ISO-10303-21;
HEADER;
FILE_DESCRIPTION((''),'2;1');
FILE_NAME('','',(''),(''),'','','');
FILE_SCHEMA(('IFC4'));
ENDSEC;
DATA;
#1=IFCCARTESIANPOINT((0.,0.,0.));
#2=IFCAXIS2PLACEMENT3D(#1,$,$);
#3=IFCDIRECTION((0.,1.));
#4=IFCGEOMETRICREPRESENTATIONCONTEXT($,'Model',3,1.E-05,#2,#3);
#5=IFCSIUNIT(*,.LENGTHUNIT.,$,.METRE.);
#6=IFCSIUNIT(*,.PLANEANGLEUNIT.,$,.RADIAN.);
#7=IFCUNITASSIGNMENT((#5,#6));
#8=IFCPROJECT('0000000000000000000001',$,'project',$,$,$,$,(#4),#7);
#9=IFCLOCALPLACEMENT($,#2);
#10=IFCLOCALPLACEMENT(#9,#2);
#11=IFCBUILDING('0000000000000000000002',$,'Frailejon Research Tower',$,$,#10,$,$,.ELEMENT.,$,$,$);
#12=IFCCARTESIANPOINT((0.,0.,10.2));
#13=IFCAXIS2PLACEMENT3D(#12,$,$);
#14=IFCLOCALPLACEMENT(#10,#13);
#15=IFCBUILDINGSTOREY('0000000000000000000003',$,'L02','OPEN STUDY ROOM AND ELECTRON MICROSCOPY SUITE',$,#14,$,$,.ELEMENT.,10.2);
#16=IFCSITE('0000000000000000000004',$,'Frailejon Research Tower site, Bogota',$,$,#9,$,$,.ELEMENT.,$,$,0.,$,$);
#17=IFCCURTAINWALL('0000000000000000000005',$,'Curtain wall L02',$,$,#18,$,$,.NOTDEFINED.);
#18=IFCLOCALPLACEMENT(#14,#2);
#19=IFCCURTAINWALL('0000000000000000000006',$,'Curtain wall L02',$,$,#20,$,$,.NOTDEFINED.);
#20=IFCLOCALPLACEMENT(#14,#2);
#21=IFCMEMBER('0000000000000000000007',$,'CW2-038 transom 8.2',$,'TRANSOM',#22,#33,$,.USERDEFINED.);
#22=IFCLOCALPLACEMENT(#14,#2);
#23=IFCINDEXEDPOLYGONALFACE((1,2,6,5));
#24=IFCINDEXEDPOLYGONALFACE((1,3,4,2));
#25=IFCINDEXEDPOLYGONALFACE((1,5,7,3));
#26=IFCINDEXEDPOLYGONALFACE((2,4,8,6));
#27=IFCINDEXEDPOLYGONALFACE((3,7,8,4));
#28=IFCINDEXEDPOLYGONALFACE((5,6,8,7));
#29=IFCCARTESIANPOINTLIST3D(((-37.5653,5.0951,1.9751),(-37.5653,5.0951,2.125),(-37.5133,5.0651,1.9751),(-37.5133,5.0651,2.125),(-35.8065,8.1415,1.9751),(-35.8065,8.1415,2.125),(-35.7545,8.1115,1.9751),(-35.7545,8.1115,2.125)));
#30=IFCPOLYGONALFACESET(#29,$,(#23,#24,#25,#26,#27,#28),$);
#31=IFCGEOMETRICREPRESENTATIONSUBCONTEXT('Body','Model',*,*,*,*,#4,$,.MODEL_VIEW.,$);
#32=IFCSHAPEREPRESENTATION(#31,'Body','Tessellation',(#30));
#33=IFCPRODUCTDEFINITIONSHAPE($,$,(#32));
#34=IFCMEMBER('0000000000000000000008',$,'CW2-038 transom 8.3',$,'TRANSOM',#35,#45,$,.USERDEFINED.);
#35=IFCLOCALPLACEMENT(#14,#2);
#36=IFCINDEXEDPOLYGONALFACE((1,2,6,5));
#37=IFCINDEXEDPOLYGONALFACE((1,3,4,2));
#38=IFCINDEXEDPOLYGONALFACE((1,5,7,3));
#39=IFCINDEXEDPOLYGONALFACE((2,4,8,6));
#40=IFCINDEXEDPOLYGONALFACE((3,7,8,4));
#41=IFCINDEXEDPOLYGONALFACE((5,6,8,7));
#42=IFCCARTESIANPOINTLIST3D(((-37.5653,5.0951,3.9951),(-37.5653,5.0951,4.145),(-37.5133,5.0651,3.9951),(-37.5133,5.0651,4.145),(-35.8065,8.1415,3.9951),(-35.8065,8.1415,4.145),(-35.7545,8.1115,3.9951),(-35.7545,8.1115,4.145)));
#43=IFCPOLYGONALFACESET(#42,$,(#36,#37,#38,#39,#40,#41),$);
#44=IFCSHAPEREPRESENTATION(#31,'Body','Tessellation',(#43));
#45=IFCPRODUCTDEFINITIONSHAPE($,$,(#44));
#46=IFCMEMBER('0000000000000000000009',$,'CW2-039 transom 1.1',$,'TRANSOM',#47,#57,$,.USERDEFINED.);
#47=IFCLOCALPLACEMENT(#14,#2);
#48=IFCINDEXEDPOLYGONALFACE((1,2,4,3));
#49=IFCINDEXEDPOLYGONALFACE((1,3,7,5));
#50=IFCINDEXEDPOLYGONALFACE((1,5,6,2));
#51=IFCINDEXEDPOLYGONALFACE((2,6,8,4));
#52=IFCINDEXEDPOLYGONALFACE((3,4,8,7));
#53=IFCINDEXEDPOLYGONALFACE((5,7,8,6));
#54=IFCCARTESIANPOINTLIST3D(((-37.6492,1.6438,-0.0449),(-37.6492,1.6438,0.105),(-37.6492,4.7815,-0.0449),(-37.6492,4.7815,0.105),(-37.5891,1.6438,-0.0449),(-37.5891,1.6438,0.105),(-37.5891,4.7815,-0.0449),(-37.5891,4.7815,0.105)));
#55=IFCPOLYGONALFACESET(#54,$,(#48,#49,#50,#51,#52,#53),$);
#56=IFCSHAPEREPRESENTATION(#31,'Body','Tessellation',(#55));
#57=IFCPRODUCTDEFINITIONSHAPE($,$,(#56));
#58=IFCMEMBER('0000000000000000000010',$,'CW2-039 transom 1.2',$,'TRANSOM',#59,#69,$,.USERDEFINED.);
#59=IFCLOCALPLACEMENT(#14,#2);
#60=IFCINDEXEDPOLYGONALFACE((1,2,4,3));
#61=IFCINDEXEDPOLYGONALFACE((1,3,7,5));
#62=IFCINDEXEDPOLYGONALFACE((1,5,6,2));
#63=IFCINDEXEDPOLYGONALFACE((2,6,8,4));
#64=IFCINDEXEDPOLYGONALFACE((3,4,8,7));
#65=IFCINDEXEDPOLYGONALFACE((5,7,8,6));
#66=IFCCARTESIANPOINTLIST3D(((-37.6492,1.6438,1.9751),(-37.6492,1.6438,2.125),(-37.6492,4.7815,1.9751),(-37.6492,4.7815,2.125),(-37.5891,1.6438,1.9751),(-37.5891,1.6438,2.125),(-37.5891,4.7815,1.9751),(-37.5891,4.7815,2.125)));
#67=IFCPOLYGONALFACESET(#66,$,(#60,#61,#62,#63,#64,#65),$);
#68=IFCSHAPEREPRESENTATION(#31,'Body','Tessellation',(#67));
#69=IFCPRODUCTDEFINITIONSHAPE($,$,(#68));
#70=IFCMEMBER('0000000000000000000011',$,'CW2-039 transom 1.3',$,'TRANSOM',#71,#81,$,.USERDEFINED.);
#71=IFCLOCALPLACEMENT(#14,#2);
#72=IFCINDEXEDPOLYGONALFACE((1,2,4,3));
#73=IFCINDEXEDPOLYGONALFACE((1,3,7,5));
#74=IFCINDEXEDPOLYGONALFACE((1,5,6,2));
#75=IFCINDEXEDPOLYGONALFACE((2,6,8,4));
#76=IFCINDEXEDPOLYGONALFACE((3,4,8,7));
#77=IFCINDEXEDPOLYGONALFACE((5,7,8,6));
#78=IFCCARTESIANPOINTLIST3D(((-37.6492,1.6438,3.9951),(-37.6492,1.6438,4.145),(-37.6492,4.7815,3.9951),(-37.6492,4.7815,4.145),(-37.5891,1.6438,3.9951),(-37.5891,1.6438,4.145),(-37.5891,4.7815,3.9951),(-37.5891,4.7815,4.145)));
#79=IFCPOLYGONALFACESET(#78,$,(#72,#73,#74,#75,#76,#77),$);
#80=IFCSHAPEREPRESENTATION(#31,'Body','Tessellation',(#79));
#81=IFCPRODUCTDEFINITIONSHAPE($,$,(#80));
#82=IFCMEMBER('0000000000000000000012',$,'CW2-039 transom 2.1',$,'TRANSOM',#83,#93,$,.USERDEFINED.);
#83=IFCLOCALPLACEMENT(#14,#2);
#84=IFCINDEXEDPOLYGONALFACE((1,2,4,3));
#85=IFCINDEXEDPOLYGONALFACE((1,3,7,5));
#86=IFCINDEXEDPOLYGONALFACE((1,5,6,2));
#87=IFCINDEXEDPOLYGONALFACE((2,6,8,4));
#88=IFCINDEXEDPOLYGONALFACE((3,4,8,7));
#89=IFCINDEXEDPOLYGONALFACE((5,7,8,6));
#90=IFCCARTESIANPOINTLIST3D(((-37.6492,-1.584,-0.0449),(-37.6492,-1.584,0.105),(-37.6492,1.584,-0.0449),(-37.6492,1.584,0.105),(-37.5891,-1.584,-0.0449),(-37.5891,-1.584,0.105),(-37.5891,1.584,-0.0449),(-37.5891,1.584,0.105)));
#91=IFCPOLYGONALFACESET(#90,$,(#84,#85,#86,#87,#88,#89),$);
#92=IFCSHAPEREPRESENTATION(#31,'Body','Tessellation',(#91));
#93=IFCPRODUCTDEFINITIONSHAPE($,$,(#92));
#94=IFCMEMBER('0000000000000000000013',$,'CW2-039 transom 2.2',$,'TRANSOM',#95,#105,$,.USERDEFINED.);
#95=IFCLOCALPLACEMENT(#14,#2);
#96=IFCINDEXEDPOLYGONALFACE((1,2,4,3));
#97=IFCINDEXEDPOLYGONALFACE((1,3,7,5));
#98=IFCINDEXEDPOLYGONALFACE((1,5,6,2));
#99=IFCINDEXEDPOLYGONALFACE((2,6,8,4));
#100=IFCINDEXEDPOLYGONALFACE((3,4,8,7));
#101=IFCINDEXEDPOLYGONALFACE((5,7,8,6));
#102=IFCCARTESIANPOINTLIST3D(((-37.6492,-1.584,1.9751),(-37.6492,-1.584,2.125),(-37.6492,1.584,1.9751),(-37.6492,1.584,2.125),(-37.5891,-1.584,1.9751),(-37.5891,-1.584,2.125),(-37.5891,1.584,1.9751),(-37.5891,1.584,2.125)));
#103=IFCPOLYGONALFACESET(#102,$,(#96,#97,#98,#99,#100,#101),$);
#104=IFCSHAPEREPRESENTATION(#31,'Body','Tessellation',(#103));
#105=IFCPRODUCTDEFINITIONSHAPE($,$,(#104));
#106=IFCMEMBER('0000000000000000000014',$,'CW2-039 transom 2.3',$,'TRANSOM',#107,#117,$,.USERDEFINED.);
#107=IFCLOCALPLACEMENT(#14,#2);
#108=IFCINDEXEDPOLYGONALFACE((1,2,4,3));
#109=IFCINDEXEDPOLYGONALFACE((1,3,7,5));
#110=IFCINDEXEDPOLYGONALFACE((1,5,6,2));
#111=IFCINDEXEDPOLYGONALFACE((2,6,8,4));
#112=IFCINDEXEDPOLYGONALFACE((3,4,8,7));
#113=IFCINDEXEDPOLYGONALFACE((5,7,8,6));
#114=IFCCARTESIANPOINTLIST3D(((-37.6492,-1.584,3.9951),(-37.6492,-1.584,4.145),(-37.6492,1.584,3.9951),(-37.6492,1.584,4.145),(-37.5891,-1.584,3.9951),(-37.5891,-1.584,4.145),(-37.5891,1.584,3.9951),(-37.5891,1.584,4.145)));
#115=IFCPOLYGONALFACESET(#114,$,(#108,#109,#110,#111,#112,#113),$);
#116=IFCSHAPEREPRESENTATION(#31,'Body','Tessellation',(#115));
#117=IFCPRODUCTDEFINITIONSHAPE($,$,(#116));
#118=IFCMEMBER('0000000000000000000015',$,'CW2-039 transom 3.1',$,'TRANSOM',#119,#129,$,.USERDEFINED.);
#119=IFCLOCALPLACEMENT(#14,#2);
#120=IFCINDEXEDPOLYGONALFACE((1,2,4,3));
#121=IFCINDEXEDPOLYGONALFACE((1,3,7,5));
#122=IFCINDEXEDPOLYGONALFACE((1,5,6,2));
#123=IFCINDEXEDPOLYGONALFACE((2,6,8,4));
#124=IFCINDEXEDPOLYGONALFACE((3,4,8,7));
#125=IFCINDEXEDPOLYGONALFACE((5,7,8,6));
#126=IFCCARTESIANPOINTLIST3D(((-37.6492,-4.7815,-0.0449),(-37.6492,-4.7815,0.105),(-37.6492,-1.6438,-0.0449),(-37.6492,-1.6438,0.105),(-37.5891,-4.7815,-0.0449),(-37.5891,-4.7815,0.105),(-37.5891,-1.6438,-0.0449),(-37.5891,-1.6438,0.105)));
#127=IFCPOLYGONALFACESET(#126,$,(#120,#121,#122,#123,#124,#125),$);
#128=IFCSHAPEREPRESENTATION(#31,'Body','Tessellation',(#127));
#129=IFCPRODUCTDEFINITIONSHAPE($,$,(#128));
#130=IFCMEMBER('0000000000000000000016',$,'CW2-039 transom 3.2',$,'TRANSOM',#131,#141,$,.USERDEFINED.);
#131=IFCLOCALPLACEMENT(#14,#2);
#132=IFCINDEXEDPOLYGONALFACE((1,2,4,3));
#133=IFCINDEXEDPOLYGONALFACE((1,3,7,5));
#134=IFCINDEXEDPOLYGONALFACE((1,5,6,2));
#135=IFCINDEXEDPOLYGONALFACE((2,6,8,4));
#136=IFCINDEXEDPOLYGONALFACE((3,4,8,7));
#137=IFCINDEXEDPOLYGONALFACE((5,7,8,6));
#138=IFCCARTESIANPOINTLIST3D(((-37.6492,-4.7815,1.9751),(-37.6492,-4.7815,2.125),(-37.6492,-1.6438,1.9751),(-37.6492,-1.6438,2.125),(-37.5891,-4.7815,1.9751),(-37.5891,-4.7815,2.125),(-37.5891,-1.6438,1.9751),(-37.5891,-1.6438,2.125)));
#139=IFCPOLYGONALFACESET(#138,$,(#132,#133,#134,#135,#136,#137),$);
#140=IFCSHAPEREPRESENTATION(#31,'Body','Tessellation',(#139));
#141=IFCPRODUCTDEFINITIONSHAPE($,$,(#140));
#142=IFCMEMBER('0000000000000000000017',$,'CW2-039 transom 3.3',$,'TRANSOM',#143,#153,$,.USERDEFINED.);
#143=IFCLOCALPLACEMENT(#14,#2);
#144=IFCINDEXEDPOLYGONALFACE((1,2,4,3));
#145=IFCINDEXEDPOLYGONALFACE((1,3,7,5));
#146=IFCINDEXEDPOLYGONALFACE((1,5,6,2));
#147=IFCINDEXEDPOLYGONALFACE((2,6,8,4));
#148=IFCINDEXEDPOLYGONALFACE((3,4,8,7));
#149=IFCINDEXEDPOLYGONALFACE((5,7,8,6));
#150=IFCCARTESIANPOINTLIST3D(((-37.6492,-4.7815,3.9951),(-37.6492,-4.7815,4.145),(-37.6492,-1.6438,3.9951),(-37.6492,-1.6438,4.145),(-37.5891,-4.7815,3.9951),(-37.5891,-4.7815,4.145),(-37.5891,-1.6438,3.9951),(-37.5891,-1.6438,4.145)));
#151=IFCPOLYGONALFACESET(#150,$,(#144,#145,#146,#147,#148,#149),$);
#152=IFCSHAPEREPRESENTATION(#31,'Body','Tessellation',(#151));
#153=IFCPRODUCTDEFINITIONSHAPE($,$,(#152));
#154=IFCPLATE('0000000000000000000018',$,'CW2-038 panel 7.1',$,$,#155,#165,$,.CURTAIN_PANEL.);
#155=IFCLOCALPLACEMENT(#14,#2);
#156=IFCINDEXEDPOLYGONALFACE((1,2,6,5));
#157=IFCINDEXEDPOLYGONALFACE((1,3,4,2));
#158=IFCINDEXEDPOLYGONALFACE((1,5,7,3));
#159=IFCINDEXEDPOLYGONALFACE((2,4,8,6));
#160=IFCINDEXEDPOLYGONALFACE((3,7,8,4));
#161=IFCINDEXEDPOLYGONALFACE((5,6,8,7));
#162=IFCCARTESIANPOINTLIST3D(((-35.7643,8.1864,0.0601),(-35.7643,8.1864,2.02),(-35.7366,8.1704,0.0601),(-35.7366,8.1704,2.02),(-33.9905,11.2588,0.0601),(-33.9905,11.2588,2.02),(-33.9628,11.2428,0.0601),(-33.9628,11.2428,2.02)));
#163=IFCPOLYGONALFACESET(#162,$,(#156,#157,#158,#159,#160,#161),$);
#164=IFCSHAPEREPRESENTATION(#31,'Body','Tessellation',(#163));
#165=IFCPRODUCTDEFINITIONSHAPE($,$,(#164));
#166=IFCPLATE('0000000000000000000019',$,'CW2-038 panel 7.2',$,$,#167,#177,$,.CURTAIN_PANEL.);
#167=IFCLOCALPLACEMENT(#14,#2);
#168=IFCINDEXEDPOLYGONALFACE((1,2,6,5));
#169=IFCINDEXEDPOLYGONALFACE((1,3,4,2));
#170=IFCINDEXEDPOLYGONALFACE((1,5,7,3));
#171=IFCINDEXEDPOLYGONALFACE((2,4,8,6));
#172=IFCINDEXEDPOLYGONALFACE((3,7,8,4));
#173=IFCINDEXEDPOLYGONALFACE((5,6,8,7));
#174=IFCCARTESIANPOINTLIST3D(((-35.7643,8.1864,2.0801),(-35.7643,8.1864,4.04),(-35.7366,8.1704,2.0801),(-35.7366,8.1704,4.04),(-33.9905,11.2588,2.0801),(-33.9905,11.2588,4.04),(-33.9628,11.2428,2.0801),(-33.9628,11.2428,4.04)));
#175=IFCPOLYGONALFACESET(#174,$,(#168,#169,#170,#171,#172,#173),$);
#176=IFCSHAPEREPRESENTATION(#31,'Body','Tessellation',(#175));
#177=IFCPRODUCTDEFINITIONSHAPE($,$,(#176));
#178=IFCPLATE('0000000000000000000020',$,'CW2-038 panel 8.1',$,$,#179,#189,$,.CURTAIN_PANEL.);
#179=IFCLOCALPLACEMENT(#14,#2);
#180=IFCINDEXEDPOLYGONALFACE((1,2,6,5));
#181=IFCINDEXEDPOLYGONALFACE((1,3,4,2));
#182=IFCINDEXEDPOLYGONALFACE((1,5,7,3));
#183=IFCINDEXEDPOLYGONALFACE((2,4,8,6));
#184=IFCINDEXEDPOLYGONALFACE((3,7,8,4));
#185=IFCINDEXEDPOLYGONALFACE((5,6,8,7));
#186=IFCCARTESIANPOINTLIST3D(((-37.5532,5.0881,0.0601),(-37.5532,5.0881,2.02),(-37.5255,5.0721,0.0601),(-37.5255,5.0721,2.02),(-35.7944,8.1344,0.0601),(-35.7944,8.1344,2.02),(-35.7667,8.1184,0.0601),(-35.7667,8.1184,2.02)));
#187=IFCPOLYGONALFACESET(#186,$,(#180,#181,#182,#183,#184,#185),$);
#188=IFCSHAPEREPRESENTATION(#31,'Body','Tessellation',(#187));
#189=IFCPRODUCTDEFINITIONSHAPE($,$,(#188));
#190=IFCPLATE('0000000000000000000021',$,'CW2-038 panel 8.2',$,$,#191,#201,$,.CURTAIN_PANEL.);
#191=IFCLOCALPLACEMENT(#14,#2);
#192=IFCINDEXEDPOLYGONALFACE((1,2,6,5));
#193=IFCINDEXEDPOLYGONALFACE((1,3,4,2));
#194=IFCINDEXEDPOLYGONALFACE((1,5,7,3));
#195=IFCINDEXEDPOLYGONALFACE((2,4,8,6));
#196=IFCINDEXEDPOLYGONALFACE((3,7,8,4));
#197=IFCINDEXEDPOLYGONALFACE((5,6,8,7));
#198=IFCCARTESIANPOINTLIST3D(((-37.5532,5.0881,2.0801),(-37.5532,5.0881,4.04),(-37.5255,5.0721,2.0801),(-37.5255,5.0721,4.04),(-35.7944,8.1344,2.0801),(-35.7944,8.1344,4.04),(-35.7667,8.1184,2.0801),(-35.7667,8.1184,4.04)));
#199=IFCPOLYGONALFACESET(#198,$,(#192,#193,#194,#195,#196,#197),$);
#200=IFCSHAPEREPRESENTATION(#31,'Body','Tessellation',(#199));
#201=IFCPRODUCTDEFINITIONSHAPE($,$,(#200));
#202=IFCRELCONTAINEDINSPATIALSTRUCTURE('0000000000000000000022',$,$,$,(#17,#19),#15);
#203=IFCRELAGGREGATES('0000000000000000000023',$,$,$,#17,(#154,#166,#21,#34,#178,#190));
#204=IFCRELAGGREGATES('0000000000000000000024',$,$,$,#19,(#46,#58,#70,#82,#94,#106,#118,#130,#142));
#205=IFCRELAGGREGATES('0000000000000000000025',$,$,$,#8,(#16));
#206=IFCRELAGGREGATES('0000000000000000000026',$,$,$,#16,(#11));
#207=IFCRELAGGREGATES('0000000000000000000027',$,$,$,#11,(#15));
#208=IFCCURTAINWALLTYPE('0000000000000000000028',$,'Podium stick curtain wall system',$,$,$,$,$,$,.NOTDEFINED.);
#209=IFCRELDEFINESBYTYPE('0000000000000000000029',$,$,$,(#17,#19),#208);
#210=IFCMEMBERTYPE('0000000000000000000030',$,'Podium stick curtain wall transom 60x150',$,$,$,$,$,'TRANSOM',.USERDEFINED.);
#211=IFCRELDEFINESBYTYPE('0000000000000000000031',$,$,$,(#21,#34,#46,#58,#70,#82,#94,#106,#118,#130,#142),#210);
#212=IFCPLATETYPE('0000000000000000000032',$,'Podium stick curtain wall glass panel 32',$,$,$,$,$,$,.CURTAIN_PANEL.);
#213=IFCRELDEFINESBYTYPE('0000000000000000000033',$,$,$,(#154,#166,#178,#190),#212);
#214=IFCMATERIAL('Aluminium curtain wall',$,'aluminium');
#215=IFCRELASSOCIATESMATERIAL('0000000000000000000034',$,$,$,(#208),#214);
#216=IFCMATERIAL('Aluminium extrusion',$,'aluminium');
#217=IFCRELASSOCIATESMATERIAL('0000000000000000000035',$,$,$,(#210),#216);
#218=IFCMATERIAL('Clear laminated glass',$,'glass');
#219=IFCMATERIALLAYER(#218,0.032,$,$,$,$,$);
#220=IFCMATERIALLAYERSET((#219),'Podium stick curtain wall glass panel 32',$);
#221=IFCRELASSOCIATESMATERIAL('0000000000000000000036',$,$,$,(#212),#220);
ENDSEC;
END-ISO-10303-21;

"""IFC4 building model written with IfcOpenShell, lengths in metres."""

from ifc_helpers import new_model, si_unit, direction, frame, origin, origin_2d, place, context, subcontext, project, spatial, rectangle, extrude, material, layer, layer_set, material_profile, profile_set, type_object, element, aggregate, save


model = new_model("IFC4")

# Units and contexts
model_context = context("Model", 3, precision=1e-05, world=origin(), true_north=direction((0.0, 1.0)))
body_context = subcontext(model_context, "Body", "Model", "MODEL_VIEW")
ifc_project = project(units=[si_unit("LENGTHUNIT", "METRE"), si_unit("PLANEANGLEUNIT", "RADIAN")], contexts=[model_context])

# Site, building, storey
site_placement = place(None, origin())
site = spatial("IfcSite", under=ifc_project, at=site_placement, Name="Frailejon Research Tower site, Bogota", CompositionType="ELEMENT", RefElevation=0.0)
building_placement = place(site_placement, origin())
building = spatial("IfcBuilding", under=site, at=building_placement, Name="Frailejon Research Tower", CompositionType="ELEMENT")
storey_placement = place(building_placement, frame((0.0, 0.0, 10.2)))
storey = spatial("IfcBuildingStorey", under=building, at=storey_placement, Name="L02", Description="OPEN STUDY ROOM AND ELECTRON MICROSCOPY SUITE", CompositionType="ELEMENT", Elevation=10.2)

# Curtain walls
ifc_material_1 = material(Name="Aluminium curtain wall", Category="aluminium")
curtain_wall_type = type_object("IfcCurtainWallType", Name="Podium stick curtain wall system", PredefinedType="NOTDEFINED", material=ifc_material_1)
curtain_wall_1_placement = place(storey_placement, origin())
curtain_wall_1 = element("IfcCurtainWall", 1, at=curtain_wall_1_placement, inside=storey, type_object=curtain_wall_type, Name="Curtain wall L02", PredefinedType="NOTDEFINED")
curtain_wall_2_placement = place(storey_placement, origin())
curtain_wall_2 = element("IfcCurtainWall", 2, at=curtain_wall_2_placement, inside=storey, type_object=curtain_wall_type, Name="Curtain wall L02", PredefinedType="NOTDEFINED")

# Members
ifc_material_2 = material(Name="Aluminium extrusion", Category="aluminium")
ifc_material_profile_1 = material_profile(ifc_material_2, rectangle(XDim=0.0601, YDim=0.1499, at=origin_2d()), Name="Podium stick curtain wall transom 60x150")
ifc_profile_set_1 = profile_set([ifc_material_profile_1], Name="Aluminium extrusion")
member_type_1 = type_object("IfcMemberType", Name="Podium stick curtain wall transom 60x150", ElementType="TRANSOM", PredefinedType="USERDEFINED", material=ifc_profile_set_1)
member_1_placement = place(storey_placement, frame((-35.7805, 8.1265, 2.05), z_axis=(-0.499991, -0.866031, 0.0), x_axis=(0.866031, -0.499991, 0.0)))
member_1 = element("IfcMember", 3, at=member_1_placement, type_object=member_type_1, Name="CW2-038 transom 8.2", ObjectType="TRANSOM", PredefinedType="USERDEFINED", context=body_context, shape_type="SweptSolid", body=[
    extrude(rectangle(XDim=0.0601, YDim=0.1499, at=origin_2d()), origin(), (0.0, 0.0, 1.0), 3.5176),
])
member_2_placement = place(storey_placement, frame((-35.7805, 8.1265, 4.0701), z_axis=(-0.499991, -0.866031, 0.0), x_axis=(0.866031, -0.499991, 0.0)))
member_2 = element("IfcMember", 4, at=member_2_placement, type_object=member_type_1, Name="CW2-038 transom 8.3", ObjectType="TRANSOM", PredefinedType="USERDEFINED", context=body_context, shape_type="SweptSolid", body=[
    extrude(rectangle(XDim=0.0601, YDim=0.1499, at=origin_2d()), origin(), (0.0, 0.0, 1.0), 3.5176),
])
member_3_placement = place(storey_placement, frame((-37.6191, 4.7815, 0.03), z_axis=(0.0, -1.0, 0.0), x_axis=(1.0, 0.0, 0.0)))
member_3 = element("IfcMember", 5, at=member_3_placement, type_object=member_type_1, Name="CW2-039 transom 1.1", ObjectType="TRANSOM", PredefinedType="USERDEFINED", context=body_context, shape_type="SweptSolid", body=[
    extrude(rectangle(XDim=0.0601, YDim=0.1499, at=origin_2d()), origin(), (0.0, 0.0, 1.0), 3.1377),
])
member_4_placement = place(storey_placement, frame((-37.6191, 4.7815, 2.05), z_axis=(0.0, -1.0, 0.0), x_axis=(1.0, 0.0, 0.0)))
member_4 = element("IfcMember", 6, at=member_4_placement, type_object=member_type_1, Name="CW2-039 transom 1.2", ObjectType="TRANSOM", PredefinedType="USERDEFINED", context=body_context, shape_type="SweptSolid", body=[
    extrude(rectangle(XDim=0.0601, YDim=0.1499, at=origin_2d()), origin(), (0.0, 0.0, 1.0), 3.1377),
])
member_5_placement = place(storey_placement, frame((-37.6191, 4.7815, 4.0701), z_axis=(0.0, -1.0, 0.0), x_axis=(1.0, 0.0, 0.0)))
member_5 = element("IfcMember", 7, at=member_5_placement, type_object=member_type_1, Name="CW2-039 transom 1.3", ObjectType="TRANSOM", PredefinedType="USERDEFINED", context=body_context, shape_type="SweptSolid", body=[
    extrude(rectangle(XDim=0.0601, YDim=0.1499, at=origin_2d()), origin(), (0.0, 0.0, 1.0), 3.1377),
])
member_6_placement = place(storey_placement, frame((-37.6191, 1.584, 0.03), z_axis=(0.0, -1.0, 0.0), x_axis=(1.0, 0.0, 0.0)))
member_6 = element("IfcMember", 8, at=member_6_placement, type_object=member_type_1, Name="CW2-039 transom 2.1", ObjectType="TRANSOM", PredefinedType="USERDEFINED", context=body_context, shape_type="SweptSolid", body=[
    extrude(rectangle(XDim=0.0601, YDim=0.1499, at=origin_2d()), origin(), (0.0, 0.0, 1.0), 3.168),
])
member_7_placement = place(storey_placement, frame((-37.6191, 1.584, 2.05), z_axis=(0.0, -1.0, 0.0), x_axis=(1.0, 0.0, 0.0)))
member_7 = element("IfcMember", 9, at=member_7_placement, type_object=member_type_1, Name="CW2-039 transom 2.2", ObjectType="TRANSOM", PredefinedType="USERDEFINED", context=body_context, shape_type="SweptSolid", body=[
    extrude(rectangle(XDim=0.0601, YDim=0.1499, at=origin_2d()), origin(), (0.0, 0.0, 1.0), 3.168),
])
member_8_placement = place(storey_placement, frame((-37.6191, 1.584, 4.0701), z_axis=(0.0, -1.0, 0.0), x_axis=(1.0, 0.0, 0.0)))
member_8 = element("IfcMember", 10, at=member_8_placement, type_object=member_type_1, Name="CW2-039 transom 2.3", ObjectType="TRANSOM", PredefinedType="USERDEFINED", context=body_context, shape_type="SweptSolid", body=[
    extrude(rectangle(XDim=0.0601, YDim=0.1499, at=origin_2d()), origin(), (0.0, 0.0, 1.0), 3.168),
])
member_9_placement = place(storey_placement, frame((-37.6191, -1.6438, 0.03), z_axis=(0.0, -1.0, 0.0), x_axis=(1.0, 0.0, 0.0)))
member_9 = element("IfcMember", 11, at=member_9_placement, type_object=member_type_1, Name="CW2-039 transom 3.1", ObjectType="TRANSOM", PredefinedType="USERDEFINED", context=body_context, shape_type="SweptSolid", body=[
    extrude(rectangle(XDim=0.0601, YDim=0.1499, at=origin_2d()), origin(), (0.0, 0.0, 1.0), 3.1377),
])
member_10_placement = place(storey_placement, frame((-37.6191, -1.6438, 2.05), z_axis=(0.0, -1.0, 0.0), x_axis=(1.0, 0.0, 0.0)))
member_10 = element("IfcMember", 12, at=member_10_placement, type_object=member_type_1, Name="CW2-039 transom 3.2", ObjectType="TRANSOM", PredefinedType="USERDEFINED", context=body_context, shape_type="SweptSolid", body=[
    extrude(rectangle(XDim=0.0601, YDim=0.1499, at=origin_2d()), origin(), (0.0, 0.0, 1.0), 3.1377),
])
member_11_placement = place(storey_placement, frame((-37.6191, -1.6438, 4.0701), z_axis=(0.0, -1.0, 0.0), x_axis=(1.0, 0.0, 0.0)))
member_11 = element("IfcMember", 13, at=member_11_placement, type_object=member_type_1, Name="CW2-039 transom 3.3", ObjectType="TRANSOM", PredefinedType="USERDEFINED", context=body_context, shape_type="SweptSolid", body=[
    extrude(rectangle(XDim=0.0601, YDim=0.1499, at=origin_2d()), origin(), (0.0, 0.0, 1.0), 3.1377),
])

# Plates
ifc_material_3 = material(Name="Clear laminated glass", Category="glass")
ifc_layer_1 = layer(ifc_material_3, 0.032)
ifc_layer_set_1 = layer_set([ifc_layer_1], Name="Podium stick curtain wall glass panel 32")
plate_type = type_object("IfcPlateType", Name="Podium stick curtain wall glass panel 32", PredefinedType="CURTAIN_PANEL", material=ifc_layer_set_1)
plate_1_placement = place(storey_placement, frame((-34.8635, 9.7146, 0.0601), z_axis=(0.0, 0.0, 1.0), x_axis=(-0.499998, -0.866026, 0.0)))
plate_1 = element("IfcPlate", 14, at=plate_1_placement, type_object=plate_type, Name="CW2-038 panel 7.1", PredefinedType="CURTAIN_PANEL", context=body_context, shape_type="SweptSolid", body=[
    extrude(rectangle(XDim=3.5476, YDim=0.032, at=origin_2d()), origin(), (0.0, 0.0, 1.0), 1.96),
])
plate_2_placement = place(storey_placement, frame((-34.8635, 9.7146, 2.0801), z_axis=(0.0, 0.0, 1.0), x_axis=(-0.499998, -0.866026, 0.0)))
plate_2 = element("IfcPlate", 15, at=plate_2_placement, type_object=plate_type, Name="CW2-038 panel 7.2", PredefinedType="CURTAIN_PANEL", context=body_context, shape_type="SweptSolid", body=[
    extrude(rectangle(XDim=3.5476, YDim=0.032, at=origin_2d()), origin(), (0.0, 0.0, 1.0), 1.96),
])
plate_3_placement = place(storey_placement, frame((-36.6599, 6.6033, 0.0601), z_axis=(0.0, 0.0, 1.0), x_axis=(-0.499998, -0.866026, 0.0)))
plate_3 = element("IfcPlate", 16, at=plate_3_placement, type_object=plate_type, Name="CW2-038 panel 8.1", PredefinedType="CURTAIN_PANEL", context=body_context, shape_type="SweptSolid", body=[
    extrude(rectangle(XDim=3.5176, YDim=0.032, at=origin_2d()), origin(), (0.0, 0.0, 1.0), 1.96),
])
plate_4_placement = place(storey_placement, frame((-36.6599, 6.6033, 2.0801), z_axis=(0.0, 0.0, 1.0), x_axis=(-0.499998, -0.866026, 0.0)))
plate_4 = element("IfcPlate", 17, at=plate_4_placement, type_object=plate_type, Name="CW2-038 panel 8.2", PredefinedType="CURTAIN_PANEL", context=body_context, shape_type="SweptSolid", body=[
    extrude(rectangle(XDim=3.5176, YDim=0.032, at=origin_2d()), origin(), (0.0, 0.0, 1.0), 1.96),
])
aggregate(curtain_wall_1, [plate_1, plate_2, member_1, member_2, plate_3, plate_4])
aggregate(curtain_wall_2, [member_3, member_4, member_5, member_6, member_7, member_8, member_9, member_10, member_11])

save(model, "model.ifc")
